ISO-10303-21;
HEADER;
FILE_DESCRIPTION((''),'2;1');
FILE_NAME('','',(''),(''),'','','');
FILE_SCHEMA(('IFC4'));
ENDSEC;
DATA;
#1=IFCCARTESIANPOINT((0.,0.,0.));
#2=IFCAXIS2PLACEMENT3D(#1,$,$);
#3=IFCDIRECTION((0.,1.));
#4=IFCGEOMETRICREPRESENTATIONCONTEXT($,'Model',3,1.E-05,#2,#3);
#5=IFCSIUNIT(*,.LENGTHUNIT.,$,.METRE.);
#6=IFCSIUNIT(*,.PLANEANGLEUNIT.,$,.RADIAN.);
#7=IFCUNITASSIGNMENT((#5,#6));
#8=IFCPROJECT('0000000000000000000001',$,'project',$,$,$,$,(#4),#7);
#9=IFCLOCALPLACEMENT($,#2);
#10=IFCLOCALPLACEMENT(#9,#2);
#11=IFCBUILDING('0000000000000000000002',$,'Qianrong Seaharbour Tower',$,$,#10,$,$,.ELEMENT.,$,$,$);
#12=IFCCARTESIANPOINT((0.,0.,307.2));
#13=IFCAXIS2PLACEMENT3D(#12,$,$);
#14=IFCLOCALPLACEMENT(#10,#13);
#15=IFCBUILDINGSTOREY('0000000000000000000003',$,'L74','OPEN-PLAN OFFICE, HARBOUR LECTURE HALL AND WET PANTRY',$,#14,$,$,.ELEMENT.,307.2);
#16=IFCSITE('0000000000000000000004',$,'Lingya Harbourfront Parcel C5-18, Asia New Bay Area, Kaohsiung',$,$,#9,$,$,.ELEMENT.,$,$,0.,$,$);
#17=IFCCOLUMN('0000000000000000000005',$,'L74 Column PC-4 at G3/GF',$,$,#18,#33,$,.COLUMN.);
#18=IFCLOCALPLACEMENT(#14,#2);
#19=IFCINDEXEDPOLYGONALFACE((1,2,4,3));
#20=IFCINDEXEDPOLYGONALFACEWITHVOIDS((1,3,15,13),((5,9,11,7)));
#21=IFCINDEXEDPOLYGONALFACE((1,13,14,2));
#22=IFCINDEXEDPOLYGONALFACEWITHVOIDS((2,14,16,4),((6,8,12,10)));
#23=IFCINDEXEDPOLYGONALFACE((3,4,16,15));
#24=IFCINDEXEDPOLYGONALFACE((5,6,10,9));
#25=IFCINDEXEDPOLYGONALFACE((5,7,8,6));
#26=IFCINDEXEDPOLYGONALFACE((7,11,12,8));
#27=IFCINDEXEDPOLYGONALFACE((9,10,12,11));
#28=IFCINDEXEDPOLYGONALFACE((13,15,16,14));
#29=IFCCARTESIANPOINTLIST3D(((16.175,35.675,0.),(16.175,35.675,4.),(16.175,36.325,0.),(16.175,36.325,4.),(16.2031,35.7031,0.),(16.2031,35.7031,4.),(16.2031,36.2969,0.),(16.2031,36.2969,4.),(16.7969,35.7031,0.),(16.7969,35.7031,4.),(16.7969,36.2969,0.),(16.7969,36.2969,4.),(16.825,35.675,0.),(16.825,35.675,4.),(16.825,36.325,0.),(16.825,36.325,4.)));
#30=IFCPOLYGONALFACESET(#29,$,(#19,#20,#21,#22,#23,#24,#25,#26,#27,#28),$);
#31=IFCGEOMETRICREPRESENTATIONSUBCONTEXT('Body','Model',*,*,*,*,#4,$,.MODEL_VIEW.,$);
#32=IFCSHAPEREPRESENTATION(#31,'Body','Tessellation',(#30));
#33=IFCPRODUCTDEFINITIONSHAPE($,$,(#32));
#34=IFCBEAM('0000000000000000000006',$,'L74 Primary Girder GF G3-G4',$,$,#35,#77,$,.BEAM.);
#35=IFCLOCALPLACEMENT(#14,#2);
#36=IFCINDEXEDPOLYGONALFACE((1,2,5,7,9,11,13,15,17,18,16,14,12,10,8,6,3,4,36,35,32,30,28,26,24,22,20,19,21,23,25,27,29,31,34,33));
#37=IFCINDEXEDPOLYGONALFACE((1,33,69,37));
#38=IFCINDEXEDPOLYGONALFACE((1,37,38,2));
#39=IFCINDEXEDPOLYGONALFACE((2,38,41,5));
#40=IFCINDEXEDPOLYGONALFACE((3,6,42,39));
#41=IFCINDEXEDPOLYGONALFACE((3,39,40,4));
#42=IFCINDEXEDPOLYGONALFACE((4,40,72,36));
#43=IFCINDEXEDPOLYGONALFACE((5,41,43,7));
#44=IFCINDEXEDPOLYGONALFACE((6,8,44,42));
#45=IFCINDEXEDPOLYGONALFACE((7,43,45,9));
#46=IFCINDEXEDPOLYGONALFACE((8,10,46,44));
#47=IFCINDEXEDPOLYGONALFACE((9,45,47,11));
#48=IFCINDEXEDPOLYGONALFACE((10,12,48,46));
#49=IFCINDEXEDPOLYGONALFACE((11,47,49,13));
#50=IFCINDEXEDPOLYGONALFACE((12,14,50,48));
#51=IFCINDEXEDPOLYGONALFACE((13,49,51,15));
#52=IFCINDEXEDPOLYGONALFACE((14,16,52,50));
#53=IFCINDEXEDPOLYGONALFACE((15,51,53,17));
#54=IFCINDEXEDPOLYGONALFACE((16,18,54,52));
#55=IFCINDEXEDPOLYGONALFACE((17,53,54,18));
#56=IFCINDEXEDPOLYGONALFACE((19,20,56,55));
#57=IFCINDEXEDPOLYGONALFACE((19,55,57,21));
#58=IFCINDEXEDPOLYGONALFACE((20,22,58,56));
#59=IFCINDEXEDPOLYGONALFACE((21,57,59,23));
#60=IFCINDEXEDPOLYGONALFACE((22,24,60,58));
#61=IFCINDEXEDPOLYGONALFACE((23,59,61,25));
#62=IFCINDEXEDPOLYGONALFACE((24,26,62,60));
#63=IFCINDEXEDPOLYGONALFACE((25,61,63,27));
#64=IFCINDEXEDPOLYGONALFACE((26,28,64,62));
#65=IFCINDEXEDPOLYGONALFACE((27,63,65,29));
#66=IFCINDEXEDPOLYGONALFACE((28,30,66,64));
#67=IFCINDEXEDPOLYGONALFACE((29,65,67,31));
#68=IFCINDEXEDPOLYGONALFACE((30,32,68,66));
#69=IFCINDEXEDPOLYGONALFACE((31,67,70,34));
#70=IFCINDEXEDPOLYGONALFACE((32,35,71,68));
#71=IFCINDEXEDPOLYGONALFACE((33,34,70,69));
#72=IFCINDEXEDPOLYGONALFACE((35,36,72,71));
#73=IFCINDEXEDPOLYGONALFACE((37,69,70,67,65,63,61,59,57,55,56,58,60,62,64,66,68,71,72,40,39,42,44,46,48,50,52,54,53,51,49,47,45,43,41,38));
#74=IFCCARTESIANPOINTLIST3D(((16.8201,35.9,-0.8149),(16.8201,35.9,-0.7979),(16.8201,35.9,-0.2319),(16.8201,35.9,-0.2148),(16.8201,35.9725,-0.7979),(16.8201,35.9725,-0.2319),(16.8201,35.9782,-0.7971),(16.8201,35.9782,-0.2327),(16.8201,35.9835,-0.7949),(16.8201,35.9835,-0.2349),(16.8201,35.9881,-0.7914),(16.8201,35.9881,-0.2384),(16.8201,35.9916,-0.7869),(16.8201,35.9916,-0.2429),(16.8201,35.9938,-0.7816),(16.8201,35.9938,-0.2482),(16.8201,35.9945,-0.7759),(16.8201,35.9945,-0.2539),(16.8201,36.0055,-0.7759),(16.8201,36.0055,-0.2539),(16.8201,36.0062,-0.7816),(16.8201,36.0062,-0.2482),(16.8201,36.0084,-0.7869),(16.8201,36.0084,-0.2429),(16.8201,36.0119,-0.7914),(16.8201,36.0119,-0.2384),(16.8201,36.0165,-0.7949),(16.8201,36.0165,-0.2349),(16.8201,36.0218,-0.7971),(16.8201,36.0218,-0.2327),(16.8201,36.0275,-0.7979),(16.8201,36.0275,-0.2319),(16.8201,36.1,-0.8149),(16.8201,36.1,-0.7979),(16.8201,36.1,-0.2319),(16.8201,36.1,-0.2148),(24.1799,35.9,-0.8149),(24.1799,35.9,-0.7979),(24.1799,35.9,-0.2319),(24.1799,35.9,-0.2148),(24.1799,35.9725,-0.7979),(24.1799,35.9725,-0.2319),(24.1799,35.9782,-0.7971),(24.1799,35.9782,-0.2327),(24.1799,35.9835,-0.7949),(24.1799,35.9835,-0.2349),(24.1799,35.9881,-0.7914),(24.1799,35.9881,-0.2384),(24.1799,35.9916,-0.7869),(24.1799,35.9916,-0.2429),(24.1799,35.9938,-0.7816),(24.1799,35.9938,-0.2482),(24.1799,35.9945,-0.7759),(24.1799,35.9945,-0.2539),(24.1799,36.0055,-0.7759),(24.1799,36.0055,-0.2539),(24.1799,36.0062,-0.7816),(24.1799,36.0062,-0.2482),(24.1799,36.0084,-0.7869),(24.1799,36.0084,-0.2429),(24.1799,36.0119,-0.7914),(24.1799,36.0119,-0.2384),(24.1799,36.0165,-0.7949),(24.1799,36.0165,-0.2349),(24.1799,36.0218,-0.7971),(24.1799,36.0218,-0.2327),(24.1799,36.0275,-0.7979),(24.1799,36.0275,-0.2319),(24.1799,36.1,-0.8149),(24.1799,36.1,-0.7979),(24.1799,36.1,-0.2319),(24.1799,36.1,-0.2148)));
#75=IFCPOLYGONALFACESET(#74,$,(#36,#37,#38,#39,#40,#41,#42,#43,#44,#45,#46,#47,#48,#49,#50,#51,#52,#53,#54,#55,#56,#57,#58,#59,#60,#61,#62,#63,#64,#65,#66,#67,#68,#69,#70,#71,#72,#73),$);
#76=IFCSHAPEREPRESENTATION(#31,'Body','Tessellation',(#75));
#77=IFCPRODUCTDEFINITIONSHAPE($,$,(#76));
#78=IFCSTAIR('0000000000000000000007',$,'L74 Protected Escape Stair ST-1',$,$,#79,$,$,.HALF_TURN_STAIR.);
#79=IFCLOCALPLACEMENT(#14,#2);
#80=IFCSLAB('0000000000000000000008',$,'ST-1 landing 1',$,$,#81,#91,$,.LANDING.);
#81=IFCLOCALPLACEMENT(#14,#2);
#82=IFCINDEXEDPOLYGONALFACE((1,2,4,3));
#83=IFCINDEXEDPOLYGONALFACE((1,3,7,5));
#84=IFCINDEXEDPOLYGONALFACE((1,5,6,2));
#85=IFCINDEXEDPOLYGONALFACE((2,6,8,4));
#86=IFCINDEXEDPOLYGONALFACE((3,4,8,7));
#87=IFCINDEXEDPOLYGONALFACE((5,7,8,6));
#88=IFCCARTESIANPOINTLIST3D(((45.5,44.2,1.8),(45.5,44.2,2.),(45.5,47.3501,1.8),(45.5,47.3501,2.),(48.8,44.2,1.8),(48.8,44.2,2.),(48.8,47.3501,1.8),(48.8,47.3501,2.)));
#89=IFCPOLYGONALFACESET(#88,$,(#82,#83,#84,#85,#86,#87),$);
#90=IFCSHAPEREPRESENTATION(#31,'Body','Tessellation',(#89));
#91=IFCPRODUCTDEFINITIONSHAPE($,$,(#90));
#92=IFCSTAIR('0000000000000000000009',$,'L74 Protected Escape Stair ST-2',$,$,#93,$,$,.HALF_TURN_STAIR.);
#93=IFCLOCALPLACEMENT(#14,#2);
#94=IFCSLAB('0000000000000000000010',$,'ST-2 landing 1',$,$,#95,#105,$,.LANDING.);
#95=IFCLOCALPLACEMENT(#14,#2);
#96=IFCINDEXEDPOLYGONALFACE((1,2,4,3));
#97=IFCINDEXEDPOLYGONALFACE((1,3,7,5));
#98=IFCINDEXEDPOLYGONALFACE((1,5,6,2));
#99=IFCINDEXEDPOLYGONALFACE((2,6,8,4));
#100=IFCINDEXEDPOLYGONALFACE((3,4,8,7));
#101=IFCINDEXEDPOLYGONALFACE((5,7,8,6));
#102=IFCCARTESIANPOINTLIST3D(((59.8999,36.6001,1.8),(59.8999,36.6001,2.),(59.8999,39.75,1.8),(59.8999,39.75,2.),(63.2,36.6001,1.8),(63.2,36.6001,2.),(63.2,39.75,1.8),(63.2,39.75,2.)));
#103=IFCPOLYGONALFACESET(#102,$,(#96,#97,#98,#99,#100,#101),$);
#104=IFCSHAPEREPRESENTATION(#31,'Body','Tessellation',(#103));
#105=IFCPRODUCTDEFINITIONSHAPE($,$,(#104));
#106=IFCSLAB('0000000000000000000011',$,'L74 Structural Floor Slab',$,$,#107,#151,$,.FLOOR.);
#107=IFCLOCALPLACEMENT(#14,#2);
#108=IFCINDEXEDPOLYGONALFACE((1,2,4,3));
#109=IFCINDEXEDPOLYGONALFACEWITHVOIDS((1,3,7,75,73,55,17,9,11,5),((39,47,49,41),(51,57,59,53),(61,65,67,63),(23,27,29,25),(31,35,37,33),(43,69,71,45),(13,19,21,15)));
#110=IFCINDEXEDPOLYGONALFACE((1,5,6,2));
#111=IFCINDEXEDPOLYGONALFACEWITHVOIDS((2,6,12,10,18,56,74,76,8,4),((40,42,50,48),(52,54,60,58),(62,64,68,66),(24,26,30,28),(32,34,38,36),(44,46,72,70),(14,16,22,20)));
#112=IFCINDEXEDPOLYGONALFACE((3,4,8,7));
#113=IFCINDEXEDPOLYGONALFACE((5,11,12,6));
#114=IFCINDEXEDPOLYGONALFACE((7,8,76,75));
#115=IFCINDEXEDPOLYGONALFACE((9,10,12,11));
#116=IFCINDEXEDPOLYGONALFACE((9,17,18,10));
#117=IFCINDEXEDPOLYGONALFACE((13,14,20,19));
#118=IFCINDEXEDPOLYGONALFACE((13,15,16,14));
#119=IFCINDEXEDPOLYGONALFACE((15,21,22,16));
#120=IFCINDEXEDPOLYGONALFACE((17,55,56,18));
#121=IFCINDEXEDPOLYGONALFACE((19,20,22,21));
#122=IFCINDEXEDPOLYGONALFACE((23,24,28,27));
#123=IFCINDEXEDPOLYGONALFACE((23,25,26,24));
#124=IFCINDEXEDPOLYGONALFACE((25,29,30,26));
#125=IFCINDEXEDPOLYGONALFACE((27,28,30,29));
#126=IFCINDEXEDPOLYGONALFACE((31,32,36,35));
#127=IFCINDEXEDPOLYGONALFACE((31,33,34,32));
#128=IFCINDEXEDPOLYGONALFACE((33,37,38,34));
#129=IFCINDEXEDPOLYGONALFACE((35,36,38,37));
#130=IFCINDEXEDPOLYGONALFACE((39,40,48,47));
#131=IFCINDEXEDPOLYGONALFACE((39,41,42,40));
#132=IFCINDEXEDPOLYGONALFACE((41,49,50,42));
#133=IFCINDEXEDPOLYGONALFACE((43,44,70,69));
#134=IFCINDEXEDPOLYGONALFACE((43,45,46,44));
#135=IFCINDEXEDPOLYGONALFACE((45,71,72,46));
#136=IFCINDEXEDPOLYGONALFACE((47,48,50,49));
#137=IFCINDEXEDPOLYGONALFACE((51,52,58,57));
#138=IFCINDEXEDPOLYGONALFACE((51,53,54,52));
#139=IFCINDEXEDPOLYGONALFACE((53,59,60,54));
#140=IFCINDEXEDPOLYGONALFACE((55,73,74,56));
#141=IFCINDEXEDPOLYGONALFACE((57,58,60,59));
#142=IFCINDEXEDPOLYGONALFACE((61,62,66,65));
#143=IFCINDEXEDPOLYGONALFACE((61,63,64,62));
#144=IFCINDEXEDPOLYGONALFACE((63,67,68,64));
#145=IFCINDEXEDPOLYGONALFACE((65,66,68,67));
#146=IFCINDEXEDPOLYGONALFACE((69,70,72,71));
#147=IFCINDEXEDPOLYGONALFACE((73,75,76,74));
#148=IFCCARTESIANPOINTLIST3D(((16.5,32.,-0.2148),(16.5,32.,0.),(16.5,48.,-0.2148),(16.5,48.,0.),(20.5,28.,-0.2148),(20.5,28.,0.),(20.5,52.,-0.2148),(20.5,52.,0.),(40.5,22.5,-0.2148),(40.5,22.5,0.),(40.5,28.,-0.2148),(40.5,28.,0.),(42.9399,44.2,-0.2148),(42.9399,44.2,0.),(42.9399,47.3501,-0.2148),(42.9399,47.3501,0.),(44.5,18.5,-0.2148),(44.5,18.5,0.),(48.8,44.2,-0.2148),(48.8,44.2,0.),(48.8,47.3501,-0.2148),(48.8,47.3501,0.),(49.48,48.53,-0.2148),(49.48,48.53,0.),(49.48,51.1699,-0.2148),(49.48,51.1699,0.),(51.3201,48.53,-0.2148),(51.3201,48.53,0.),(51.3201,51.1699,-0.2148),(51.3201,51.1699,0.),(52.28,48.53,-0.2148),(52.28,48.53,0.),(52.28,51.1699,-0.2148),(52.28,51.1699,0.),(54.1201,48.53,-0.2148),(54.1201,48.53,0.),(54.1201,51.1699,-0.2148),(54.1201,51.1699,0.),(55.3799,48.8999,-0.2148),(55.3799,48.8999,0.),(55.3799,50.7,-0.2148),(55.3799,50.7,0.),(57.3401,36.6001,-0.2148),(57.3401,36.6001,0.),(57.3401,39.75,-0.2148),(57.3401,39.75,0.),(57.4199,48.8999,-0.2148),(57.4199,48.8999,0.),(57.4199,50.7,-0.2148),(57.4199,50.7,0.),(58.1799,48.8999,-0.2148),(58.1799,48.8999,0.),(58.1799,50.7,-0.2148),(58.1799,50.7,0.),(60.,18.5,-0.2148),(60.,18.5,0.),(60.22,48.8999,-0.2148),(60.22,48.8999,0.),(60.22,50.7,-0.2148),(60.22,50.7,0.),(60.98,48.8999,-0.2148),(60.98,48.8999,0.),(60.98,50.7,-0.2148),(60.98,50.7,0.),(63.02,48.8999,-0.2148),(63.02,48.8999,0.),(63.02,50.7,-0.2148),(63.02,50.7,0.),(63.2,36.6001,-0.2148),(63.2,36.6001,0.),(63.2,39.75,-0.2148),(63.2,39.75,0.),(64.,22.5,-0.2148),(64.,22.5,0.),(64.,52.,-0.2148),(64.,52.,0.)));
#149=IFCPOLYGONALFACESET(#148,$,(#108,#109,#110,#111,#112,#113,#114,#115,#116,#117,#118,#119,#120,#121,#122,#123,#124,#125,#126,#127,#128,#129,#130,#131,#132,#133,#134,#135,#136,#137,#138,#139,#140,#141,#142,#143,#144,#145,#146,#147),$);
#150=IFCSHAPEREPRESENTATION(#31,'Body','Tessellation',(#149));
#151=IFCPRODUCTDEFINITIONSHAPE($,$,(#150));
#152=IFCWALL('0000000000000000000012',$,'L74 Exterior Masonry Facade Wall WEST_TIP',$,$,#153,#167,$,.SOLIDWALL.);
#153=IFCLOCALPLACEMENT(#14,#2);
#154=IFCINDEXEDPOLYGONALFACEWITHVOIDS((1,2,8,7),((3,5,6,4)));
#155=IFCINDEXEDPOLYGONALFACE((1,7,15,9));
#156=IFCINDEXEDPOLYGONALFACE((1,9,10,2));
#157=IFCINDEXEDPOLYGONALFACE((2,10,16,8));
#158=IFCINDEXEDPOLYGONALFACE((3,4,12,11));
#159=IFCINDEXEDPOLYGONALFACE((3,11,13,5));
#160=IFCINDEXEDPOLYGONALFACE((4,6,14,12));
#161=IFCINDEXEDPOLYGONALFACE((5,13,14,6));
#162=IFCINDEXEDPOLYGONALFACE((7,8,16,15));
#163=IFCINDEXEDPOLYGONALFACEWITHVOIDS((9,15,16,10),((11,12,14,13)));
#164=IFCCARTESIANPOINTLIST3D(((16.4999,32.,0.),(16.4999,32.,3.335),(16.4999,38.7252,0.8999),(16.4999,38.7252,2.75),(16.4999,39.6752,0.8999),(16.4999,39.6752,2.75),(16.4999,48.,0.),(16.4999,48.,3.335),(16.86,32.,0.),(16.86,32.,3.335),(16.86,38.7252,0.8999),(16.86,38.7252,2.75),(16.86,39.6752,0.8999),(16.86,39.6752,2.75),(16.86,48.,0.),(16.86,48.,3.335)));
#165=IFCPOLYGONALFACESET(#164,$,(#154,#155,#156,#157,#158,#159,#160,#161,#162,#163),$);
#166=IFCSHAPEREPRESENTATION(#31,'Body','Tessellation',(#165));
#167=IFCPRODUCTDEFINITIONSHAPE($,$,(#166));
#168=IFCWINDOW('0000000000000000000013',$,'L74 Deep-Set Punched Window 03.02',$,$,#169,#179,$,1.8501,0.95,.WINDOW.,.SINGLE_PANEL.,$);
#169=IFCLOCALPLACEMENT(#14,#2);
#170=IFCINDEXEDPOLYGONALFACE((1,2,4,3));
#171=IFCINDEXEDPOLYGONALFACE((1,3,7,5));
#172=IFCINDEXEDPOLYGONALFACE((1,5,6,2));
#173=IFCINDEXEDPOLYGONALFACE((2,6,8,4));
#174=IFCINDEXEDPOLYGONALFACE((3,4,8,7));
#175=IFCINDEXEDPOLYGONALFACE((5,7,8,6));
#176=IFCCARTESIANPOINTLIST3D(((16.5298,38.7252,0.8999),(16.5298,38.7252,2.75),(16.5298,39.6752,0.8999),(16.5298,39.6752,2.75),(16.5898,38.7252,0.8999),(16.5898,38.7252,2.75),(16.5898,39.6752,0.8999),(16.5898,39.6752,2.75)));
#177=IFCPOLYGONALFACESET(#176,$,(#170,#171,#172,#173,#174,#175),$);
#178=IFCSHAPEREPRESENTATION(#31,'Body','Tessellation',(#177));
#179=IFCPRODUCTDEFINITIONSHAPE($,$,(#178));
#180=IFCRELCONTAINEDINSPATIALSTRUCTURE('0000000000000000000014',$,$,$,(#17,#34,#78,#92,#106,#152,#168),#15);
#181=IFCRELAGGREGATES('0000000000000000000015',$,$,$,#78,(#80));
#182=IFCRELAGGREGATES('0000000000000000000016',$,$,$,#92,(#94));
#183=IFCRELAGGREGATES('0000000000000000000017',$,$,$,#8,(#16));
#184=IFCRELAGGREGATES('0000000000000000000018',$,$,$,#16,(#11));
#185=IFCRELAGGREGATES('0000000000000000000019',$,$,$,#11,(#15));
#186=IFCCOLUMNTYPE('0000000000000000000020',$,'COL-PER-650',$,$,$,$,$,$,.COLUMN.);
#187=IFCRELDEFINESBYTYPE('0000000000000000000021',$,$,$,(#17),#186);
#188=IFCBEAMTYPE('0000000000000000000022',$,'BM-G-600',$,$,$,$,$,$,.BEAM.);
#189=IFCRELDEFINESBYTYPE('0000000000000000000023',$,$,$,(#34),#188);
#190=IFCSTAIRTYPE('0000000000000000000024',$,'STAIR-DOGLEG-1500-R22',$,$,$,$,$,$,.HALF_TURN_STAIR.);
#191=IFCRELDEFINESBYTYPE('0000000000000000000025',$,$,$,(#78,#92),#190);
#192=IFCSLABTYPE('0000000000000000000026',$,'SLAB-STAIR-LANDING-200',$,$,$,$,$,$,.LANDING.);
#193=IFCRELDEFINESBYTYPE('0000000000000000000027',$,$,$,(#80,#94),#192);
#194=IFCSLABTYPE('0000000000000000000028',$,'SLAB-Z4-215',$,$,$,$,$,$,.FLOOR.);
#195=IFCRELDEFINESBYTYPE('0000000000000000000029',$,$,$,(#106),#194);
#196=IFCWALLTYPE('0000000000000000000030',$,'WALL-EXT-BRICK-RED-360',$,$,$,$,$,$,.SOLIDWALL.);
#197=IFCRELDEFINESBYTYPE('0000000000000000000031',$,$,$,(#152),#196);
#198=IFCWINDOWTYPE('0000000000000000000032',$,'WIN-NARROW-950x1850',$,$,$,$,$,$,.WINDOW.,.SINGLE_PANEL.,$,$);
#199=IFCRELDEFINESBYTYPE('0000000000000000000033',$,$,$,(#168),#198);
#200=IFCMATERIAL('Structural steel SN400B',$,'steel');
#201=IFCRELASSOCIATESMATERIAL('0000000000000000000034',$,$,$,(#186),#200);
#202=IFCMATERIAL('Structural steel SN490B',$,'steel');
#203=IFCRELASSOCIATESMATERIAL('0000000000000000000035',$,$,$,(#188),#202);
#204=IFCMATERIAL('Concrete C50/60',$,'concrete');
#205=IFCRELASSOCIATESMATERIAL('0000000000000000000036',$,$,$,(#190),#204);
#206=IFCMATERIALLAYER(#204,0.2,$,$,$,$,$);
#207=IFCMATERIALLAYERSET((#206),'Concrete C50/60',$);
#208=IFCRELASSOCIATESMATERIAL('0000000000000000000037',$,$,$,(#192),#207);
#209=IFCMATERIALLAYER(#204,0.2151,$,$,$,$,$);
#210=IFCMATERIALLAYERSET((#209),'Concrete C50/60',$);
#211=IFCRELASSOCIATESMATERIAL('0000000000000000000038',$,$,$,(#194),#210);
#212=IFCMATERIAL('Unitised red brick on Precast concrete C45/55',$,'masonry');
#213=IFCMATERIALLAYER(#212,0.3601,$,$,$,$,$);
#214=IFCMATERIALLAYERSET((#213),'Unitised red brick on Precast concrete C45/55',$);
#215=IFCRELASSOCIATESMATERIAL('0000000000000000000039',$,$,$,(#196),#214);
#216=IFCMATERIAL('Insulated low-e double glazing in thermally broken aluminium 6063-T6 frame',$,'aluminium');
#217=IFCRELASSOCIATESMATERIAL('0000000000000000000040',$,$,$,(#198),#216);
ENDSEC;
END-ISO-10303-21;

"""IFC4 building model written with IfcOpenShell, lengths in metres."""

from ifc_helpers import new_model, si_unit, direction, frame, frame_2d, origin, origin_2d, place, context, subcontext, project, spatial, polyline, rectangle, hollow_rectangle, i_section, outline, extrude, material, layer, layer_set, material_profile, profile_set, type_object, element, fill, aggregate, save


model = new_model("IFC4")

# Units and contexts
model_context = context("Model", 3, precision=1e-05, world=origin(), true_north=direction((0.0, 1.0)))
body_context = subcontext(model_context, "Body", "Model", "MODEL_VIEW")
ifc_project = project(units=[si_unit("LENGTHUNIT", "METRE"), si_unit("PLANEANGLEUNIT", "RADIAN")], contexts=[model_context])

# Site, building, storey
site_placement = place(None, origin())
site = spatial("IfcSite", under=ifc_project, at=site_placement, Name="Lingya Harbourfront Parcel C5-18, Asia New Bay Area, Kaohsiung", CompositionType="ELEMENT", RefElevation=0.0)
building_placement = place(site_placement, origin())
building = spatial("IfcBuilding", under=site, at=building_placement, Name="Qianrong Seaharbour Tower", CompositionType="ELEMENT")
storey_placement = place(building_placement, frame((0.0, 0.0, 307.2)))
storey = spatial("IfcBuildingStorey", under=building, at=storey_placement, Name="L74", Description="OPEN-PLAN OFFICE, HARBOUR LECTURE HALL AND WET PANTRY", CompositionType="ELEMENT", Elevation=307.2)

# Column
ifc_material_1 = material(Name="Structural steel SN400B", Category="steel")
ifc_material_profile_1 = material_profile(ifc_material_1, hollow_rectangle(XDim=0.6499, YDim=0.6499, WallThickness=0.0281, at=origin_2d()), Name="BOX650x650x28")
ifc_profile_set_1 = profile_set([ifc_material_profile_1], Name="Structural steel SN400B")
column_type = type_object("IfcColumnType", Name="COL-PER-650", PredefinedType="COLUMN", material=ifc_profile_set_1)
column_placement = place(storey_placement, frame((16.5, 36.0, 0.0), z_axis=(0.0, 0.0, 1.0), x_axis=(1.0, 0.0, 0.0)))
element("IfcColumn", 1, at=column_placement, inside=storey, type_object=column_type, Name="L74 Column PC-4 at G3/GF", PredefinedType="COLUMN", context=body_context, shape_type="SweptSolid", body=[
    extrude(hollow_rectangle(XDim=0.6499, YDim=0.6499, WallThickness=0.0281, at=origin_2d()), origin(), (0.0, 0.0, 1.0), 4.0),
])

# Beam
ifc_material_2 = material(Name="Structural steel SN490B", Category="steel")
ifc_material_profile_2 = material_profile(ifc_material_2, i_section(OverallWidth=0.2, OverallDepth=0.6001, WebThickness=0.011, FlangeThickness=0.0171, FilletRadius=0.022, at=origin_2d()), Name="H600x200x11x17")
ifc_profile_set_2 = profile_set([ifc_material_profile_2], Name="Structural steel SN490B")
beam_type = type_object("IfcBeamType", Name="BM-G-600", PredefinedType="BEAM", material=ifc_profile_set_2)
beam_placement = place(storey_placement, frame((16.8201, 36.0, -0.5149), z_axis=(1.0, 0.0, 0.0), x_axis=(0.0, 1.0, 0.0)))
element("IfcBeam", 2, at=beam_placement, inside=storey, type_object=beam_type, Name="L74 Primary Girder GF G3-G4", PredefinedType="BEAM", context=body_context, shape_type="SweptSolid", body=[
    extrude(i_section(OverallWidth=0.2, OverallDepth=0.6001, WebThickness=0.011, FlangeThickness=0.0171, FilletRadius=0.022, at=origin_2d()), origin(), (0.0, 0.0, 1.0), 7.3599),
])

# Stairs, slabs
ifc_material_3 = material(Name="Concrete C50/60", Category="concrete")
stair_type = type_object("IfcStairType", Name="STAIR-DOGLEG-1500-R22", PredefinedType="HALF_TURN_STAIR", material=ifc_material_3)
stair_1_placement = place(storey_placement, origin())
stair_1 = element("IfcStair", 3, at=stair_1_placement, inside=storey, type_object=stair_type, Name="L74 Protected Escape Stair ST-1", PredefinedType="HALF_TURN_STAIR")
ifc_layer_1 = layer(ifc_material_3, 0.2)
ifc_layer_set_1 = layer_set([ifc_layer_1], Name="Concrete C50/60")
slab_type_1 = type_object("IfcSlabType", Name="SLAB-STAIR-LANDING-200", PredefinedType="LANDING", material=ifc_layer_set_1)
slab_1_placement = place(storey_placement, frame((0.0, 0.0, 1.8)))
slab_1 = element("IfcSlab", 4, at=slab_1_placement, type_object=slab_type_1, Name="ST-1 landing 1", PredefinedType="LANDING", context=body_context, shape_type="SweptSolid", body=[
    extrude(outline(polyline([(45.5, 44.2), (48.8, 44.2), (48.8, 47.3501), (45.5, 47.3501), (45.5, 44.2)])), origin(), (0.0, 0.0, 1.0), 0.2),
])
aggregate(stair_1, [slab_1])
stair_2_placement = place(storey_placement, origin())
stair_2 = element("IfcStair", 5, at=stair_2_placement, inside=storey, type_object=stair_type, Name="L74 Protected Escape Stair ST-2", PredefinedType="HALF_TURN_STAIR")
slab_2_placement = place(storey_placement, frame((0.0, 0.0, 1.8)))
slab_2 = element("IfcSlab", 6, at=slab_2_placement, type_object=slab_type_1, Name="ST-2 landing 1", PredefinedType="LANDING", context=body_context, shape_type="SweptSolid", body=[
    extrude(outline(polyline([(59.8999, 36.6001), (63.2, 36.6001), (63.2, 39.75), (59.8999, 39.75), (59.8999, 36.6001)])), origin(), (0.0, 0.0, 1.0), 0.2),
])
aggregate(stair_2, [slab_2])

# Slab
ifc_layer_2 = layer(ifc_material_3, 0.2151)
ifc_layer_set_2 = layer_set([ifc_layer_2], Name="Concrete C50/60")
slab_type_2 = type_object("IfcSlabType", Name="SLAB-Z4-215", PredefinedType="FLOOR", material=ifc_layer_set_2)
slab_3_placement = place(storey_placement, frame((0.0, 0.0, -0.2148)))
element("IfcSlab", 7, at=slab_3_placement, inside=storey, type_object=slab_type_2, Name="L74 Structural Floor Slab", PredefinedType="FLOOR", context=body_context, shape_type="SweptSolid", body=[
    extrude(outline(polyline([(44.5, 18.5), (60.0, 18.5), (64.0, 22.5), (64.0, 52.0), (20.5, 52.0), (16.5, 48.0), (16.5, 32.0), (20.5, 28.0), (40.5, 28.0), (40.5, 22.5), (44.5, 18.5)]), holes=[polyline([(42.9399, 44.2), (42.9399, 47.3501), (48.8, 47.3501), (48.8, 44.2), (42.9399, 44.2)]), polyline([(57.3401, 36.6001), (57.3401, 39.75), (63.2, 39.75), (63.2, 36.6001), (57.3401, 36.6001)]), polyline([(49.48, 48.53), (49.48, 51.1699), (51.3201, 51.1699), (51.3201, 48.53), (49.48, 48.53)]), polyline([(52.28, 48.53), (52.28, 51.1699), (54.1201, 51.1699), (54.1201, 48.53), (52.28, 48.53)]), polyline([(55.3799, 48.8999), (55.3799, 50.7), (57.4199, 50.7), (57.4199, 48.8999), (55.3799, 48.8999)]), polyline([(58.1799, 48.8999), (58.1799, 50.7), (60.22, 50.7), (60.22, 48.8999), (58.1799, 48.8999)]), polyline([(60.98, 48.8999), (60.98, 50.7), (63.02, 50.7), (63.02, 48.8999), (60.98, 48.8999)])]), origin(), (0.0, 0.0, 1.0), 0.2148),
])

# Wall, opening, window
ifc_material_4 = material(Name="Unitised red brick on Precast concrete C45/55", Category="masonry")
ifc_layer_3 = layer(ifc_material_4, 0.3601)
ifc_layer_set_3 = layer_set([ifc_layer_3], Name="Unitised red brick on Precast concrete C45/55")
wall_type_1 = type_object("IfcWallType", Name="WALL-EXT-BRICK-RED-360", PredefinedType="SOLIDWALL", material=ifc_layer_set_3)
wall_1_placement = place(storey_placement, frame((16.6799, 32.0, 0.0), z_axis=(0.0, 0.0, 1.0), x_axis=(0.0, 1.0, 0.0)))
wall_1 = element("IfcWall", 8, at=wall_1_placement, inside=storey, type_object=wall_type_1, Name="L74 Exterior Masonry Facade Wall WEST_TIP", PredefinedType="SOLIDWALL", context=body_context, shape_type="SweptSolid", body=[
    extrude(rectangle(XDim=16.0, YDim=0.3601, at=frame_2d((8.0, 0.0))), origin(), (0.0, 0.0, 1.0), 3.335),
])
opening_1_placement = place(wall_1_placement, frame((6.7251, 0.0, 0.8999)))
opening_1 = element("IfcOpeningElement", 9, at=opening_1_placement, cuts=wall_1, PredefinedType="OPENING", context=body_context, shape_type="SweptSolid", body=[
    extrude(rectangle(XDim=0.95, YDim=1.8501, at=frame_2d((0.4751, 0.925))), frame((0.0, 0.1899, 0.0), z_axis=(0.0, -1.0, 0.0), x_axis=(1.0, 0.0, 0.0)), (0.0, 0.0, 1.0), 0.3801),
])
ifc_material_5 = material(Name="Insulated low-e double glazing in thermally broken aluminium 6063-T6 frame", Category="aluminium")
window_type = type_object("IfcWindowType", Name="WIN-NARROW-950x1850", PartitioningType="SINGLE_PANEL", PredefinedType="WINDOW", material=ifc_material_5)
window_placement = place(opening_1_placement, origin())
window = element("IfcWindow", 10, at=window_placement, inside=storey, type_object=window_type, Name="L74 Deep-Set Punched Window 03.02", OverallHeight=1.8501, OverallWidth=0.95, PartitioningType="SINGLE_PANEL", PredefinedType="WINDOW", context=body_context, shape_type="SweptSolid", body=[
    extrude(rectangle(XDim=0.95, YDim=1.8501, at=frame_2d((0.4751, 0.925))), frame((0.0, 0.1501, 0.0), z_axis=(0.0, -1.0, 0.0), x_axis=(1.0, 0.0, 0.0)), (0.0, 0.0, 1.0), 0.0601),
])
fill(opening_1, window)

save(model, "model.ifc")
